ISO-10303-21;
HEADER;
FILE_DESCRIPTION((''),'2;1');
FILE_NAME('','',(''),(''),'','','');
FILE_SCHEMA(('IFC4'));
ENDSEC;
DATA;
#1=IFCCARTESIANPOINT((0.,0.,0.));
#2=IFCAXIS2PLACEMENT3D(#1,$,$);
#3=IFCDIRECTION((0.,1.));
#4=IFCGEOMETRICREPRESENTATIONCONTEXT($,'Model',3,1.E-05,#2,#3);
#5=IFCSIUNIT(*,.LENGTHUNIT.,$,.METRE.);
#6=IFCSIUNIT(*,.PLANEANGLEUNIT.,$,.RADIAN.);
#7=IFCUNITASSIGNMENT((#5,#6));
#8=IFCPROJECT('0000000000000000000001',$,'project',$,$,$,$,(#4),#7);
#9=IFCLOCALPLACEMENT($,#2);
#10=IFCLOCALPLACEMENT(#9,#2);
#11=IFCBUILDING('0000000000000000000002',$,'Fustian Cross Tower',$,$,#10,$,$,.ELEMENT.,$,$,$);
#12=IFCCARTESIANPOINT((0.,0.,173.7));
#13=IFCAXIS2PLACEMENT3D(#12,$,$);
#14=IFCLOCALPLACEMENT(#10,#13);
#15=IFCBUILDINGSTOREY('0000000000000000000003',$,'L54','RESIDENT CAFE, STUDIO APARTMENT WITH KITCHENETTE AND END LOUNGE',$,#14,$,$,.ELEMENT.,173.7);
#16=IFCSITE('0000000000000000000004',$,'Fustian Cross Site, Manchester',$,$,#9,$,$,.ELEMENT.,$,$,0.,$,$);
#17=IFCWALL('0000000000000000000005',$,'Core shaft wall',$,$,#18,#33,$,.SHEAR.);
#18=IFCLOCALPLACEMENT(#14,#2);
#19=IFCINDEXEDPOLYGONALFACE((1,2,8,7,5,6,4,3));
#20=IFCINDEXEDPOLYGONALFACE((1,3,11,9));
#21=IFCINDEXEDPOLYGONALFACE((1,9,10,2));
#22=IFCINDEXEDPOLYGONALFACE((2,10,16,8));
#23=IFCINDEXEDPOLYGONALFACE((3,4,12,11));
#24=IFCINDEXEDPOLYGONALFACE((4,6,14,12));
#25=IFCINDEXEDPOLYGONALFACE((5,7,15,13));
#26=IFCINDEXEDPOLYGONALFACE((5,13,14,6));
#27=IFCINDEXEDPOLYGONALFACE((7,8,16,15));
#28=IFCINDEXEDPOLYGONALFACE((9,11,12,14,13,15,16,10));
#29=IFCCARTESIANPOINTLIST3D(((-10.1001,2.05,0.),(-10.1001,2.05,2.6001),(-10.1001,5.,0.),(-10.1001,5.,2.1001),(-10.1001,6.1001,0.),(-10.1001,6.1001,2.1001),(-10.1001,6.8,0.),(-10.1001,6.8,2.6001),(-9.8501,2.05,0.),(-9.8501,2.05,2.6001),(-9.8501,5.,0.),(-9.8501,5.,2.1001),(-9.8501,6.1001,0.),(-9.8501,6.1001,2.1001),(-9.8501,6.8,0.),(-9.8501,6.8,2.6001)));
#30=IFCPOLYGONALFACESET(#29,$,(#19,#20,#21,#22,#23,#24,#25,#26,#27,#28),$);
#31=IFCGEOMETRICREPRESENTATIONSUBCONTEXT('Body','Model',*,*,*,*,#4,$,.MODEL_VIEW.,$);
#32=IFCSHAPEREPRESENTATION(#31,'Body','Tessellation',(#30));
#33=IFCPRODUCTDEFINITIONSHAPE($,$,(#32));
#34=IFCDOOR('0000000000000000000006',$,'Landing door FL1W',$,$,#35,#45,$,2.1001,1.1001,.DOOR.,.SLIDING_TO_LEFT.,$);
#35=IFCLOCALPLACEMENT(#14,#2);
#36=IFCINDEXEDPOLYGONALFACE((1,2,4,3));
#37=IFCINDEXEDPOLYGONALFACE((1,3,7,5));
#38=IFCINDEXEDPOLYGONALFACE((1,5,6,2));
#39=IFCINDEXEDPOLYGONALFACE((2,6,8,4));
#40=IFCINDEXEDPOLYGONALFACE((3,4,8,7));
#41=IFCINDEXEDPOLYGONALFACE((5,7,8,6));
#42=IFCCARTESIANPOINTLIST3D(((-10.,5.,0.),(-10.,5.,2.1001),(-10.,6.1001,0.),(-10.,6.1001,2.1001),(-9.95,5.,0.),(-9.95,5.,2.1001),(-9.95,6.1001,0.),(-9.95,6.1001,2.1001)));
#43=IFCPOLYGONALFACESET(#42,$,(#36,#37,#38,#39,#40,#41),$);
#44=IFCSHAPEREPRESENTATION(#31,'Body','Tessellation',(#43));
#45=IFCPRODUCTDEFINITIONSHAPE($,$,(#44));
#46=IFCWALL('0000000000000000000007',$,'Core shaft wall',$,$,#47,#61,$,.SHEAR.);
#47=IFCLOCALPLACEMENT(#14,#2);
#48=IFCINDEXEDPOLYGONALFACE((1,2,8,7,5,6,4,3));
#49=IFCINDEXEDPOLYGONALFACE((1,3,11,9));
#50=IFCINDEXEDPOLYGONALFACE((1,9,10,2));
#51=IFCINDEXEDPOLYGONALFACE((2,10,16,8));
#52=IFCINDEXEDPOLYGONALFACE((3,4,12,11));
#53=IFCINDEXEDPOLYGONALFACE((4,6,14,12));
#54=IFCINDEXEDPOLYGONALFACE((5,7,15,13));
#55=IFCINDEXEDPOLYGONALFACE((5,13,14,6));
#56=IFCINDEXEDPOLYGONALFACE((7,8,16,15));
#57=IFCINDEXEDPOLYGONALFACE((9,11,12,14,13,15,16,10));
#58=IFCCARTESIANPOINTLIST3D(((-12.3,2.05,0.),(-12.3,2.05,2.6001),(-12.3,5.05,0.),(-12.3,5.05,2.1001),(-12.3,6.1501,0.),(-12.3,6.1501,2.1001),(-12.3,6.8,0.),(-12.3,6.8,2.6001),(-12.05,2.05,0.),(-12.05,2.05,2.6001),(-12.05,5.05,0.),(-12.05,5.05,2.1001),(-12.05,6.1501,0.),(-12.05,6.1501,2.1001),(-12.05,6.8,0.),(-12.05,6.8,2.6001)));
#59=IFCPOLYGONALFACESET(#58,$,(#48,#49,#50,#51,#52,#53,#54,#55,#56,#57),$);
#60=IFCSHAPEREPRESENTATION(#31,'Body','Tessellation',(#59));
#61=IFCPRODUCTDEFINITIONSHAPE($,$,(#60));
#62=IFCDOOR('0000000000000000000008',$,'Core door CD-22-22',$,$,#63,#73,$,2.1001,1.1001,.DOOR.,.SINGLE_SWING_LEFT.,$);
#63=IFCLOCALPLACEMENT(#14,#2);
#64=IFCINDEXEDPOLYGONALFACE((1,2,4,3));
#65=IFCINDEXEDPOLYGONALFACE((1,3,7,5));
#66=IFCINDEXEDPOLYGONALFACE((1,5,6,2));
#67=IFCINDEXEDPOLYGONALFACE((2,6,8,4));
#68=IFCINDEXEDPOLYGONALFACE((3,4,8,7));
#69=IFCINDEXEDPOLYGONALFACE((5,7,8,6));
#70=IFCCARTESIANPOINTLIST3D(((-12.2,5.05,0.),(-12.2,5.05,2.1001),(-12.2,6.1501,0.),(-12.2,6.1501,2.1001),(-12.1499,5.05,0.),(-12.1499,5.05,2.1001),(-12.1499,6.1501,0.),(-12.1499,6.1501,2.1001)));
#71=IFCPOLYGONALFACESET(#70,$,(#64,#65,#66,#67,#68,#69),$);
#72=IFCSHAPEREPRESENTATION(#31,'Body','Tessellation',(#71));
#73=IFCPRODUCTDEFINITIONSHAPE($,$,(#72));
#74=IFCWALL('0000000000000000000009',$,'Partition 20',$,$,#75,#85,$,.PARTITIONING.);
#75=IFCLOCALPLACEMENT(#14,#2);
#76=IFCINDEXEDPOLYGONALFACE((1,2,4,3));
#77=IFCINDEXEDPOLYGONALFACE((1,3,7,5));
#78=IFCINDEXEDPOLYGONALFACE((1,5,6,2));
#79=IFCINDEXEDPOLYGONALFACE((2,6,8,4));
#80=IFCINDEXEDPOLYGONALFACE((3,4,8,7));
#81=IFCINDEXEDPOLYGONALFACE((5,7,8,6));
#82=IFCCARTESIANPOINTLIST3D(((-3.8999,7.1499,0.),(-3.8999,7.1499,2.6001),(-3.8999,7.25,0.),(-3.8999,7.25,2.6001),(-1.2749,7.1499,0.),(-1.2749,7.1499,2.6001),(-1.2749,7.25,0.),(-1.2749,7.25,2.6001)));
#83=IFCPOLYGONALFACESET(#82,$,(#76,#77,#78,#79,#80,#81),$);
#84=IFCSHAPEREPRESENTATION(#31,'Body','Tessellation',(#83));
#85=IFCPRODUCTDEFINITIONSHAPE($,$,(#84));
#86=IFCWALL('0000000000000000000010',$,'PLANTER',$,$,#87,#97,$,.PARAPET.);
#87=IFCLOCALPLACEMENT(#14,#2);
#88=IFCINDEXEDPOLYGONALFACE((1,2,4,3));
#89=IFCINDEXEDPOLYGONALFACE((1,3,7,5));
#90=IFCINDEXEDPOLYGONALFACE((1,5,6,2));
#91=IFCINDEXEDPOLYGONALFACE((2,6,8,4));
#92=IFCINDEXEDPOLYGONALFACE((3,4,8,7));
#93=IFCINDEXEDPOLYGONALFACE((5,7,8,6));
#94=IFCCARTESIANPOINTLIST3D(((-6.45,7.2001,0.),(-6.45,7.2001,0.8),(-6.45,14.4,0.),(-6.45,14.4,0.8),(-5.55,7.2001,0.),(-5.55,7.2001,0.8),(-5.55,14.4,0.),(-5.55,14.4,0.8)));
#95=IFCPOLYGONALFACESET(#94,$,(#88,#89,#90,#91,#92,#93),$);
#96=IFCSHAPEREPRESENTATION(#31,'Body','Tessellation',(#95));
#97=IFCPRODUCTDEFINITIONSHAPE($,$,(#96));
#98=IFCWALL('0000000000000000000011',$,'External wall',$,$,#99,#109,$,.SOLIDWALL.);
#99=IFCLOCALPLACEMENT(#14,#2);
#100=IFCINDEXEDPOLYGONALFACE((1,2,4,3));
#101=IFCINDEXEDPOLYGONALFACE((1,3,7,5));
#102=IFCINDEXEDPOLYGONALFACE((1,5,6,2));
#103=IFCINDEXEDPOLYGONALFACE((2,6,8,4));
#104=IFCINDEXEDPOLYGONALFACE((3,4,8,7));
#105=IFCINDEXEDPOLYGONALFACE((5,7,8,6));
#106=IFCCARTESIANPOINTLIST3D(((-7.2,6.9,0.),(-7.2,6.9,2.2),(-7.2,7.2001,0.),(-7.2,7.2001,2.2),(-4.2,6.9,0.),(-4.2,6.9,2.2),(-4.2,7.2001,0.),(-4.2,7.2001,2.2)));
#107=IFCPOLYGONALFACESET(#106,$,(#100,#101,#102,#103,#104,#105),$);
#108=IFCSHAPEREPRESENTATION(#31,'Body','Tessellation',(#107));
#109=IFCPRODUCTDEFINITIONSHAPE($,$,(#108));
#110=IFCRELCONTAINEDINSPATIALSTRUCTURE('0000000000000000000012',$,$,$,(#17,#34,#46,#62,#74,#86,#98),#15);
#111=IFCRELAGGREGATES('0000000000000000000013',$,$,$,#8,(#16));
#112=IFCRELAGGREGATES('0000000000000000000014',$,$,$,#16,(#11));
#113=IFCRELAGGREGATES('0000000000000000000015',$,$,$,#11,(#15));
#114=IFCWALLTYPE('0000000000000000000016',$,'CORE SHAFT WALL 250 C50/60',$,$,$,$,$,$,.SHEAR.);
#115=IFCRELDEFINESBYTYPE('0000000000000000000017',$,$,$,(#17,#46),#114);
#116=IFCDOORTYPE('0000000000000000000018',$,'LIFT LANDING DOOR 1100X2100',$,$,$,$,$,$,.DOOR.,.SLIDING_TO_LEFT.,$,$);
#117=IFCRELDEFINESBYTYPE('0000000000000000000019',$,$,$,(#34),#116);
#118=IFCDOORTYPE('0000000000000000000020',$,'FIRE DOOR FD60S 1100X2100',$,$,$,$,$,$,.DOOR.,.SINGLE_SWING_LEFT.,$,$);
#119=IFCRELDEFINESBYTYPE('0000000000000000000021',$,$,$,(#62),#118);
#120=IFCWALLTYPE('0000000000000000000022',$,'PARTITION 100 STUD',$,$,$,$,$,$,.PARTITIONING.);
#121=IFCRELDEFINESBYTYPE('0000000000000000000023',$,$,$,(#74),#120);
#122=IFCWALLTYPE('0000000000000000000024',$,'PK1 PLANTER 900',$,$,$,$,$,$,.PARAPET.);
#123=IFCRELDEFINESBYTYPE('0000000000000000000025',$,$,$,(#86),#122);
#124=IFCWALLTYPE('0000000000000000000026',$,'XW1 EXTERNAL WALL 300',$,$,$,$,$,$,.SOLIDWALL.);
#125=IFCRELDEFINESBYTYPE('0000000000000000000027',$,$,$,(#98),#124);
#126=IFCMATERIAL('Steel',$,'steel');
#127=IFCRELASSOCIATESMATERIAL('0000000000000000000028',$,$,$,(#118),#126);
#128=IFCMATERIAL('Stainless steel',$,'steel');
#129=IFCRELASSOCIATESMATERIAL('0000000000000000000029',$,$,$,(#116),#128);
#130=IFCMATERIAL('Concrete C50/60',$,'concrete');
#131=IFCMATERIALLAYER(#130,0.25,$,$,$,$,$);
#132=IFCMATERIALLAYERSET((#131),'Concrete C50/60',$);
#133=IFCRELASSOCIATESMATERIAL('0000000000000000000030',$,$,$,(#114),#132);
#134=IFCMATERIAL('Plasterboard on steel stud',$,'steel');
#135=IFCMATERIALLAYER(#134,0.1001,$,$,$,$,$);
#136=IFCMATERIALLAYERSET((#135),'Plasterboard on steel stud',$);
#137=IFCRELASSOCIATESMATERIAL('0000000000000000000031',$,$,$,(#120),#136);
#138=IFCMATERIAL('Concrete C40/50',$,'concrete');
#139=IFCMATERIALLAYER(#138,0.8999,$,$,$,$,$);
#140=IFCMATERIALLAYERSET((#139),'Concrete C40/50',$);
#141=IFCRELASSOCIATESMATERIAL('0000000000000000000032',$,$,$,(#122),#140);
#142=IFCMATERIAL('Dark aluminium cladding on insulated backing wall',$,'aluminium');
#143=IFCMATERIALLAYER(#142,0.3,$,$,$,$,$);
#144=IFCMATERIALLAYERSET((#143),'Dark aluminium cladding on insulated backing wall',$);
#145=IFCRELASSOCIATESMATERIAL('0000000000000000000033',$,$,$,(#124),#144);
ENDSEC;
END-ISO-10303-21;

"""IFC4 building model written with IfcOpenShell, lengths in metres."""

from ifc_helpers import new_model, si_unit, direction, frame, frame_2d, origin, place, context, subcontext, project, spatial, rectangle, extrude, material, layer, layer_set, type_object, element, fill, save


model = new_model("IFC4")

# Units and contexts
model_context = context("Model", 3, precision=1e-05, world=origin(), true_north=direction((0.0, 1.0)))
body_context = subcontext(model_context, "Body", "Model", "MODEL_VIEW")
ifc_project = project(units=[si_unit("LENGTHUNIT", "METRE"), si_unit("PLANEANGLEUNIT", "RADIAN")], contexts=[model_context])

# Site, building, storey
site_placement = place(None, origin())
site = spatial("IfcSite", under=ifc_project, at=site_placement, Name="Fustian Cross Site, Manchester", CompositionType="ELEMENT", RefElevation=0.0)
building_placement = place(site_placement, origin())
building = spatial("IfcBuilding", under=site, at=building_placement, Name="Fustian Cross Tower", CompositionType="ELEMENT")
storey_placement = place(building_placement, frame((0.0, 0.0, 173.7)))
storey = spatial("IfcBuildingStorey", under=building, at=storey_placement, Name="L54", Description="RESIDENT CAFE, STUDIO APARTMENT WITH KITCHENETTE AND END LOUNGE", CompositionType="ELEMENT", Elevation=173.7)

# Shared definitions
ifc_material_1 = material(Name="Steel", Category="steel")
door_type_1 = type_object("IfcDoorType", Name="FIRE DOOR FD60S 1100X2100", OperationType="SINGLE_SWING_LEFT", PredefinedType="DOOR", material=ifc_material_1)
ifc_material_2 = material(Name="Stainless steel", Category="steel")
door_type_2 = type_object("IfcDoorType", Name="LIFT LANDING DOOR 1100X2100", OperationType="SLIDING_TO_LEFT", PredefinedType="DOOR", material=ifc_material_2)

# Shared definitions
ifc_material_3 = material(Name="Concrete C50/60", Category="concrete")
ifc_layer_1 = layer(ifc_material_3, 0.25)
ifc_layer_set_1 = layer_set([ifc_layer_1], Name="Concrete C50/60")
wall_type_1 = type_object("IfcWallType", Name="CORE SHAFT WALL 250 C50/60", PredefinedType="SHEAR", material=ifc_layer_set_1)

# Walls, openings, doors
wall_1_placement = place(storey_placement, frame((-9.9751, 2.05, 0.0), z_axis=(0.0, 0.0, 1.0), x_axis=(0.0, 1.0, 0.0)))
wall_1 = element("IfcWall", 1, at=wall_1_placement, inside=storey, type_object=wall_type_1, Name="Core shaft wall", PredefinedType="SHEAR", context=body_context, shape_type="SweptSolid", body=[
    extrude(rectangle(XDim=4.75, YDim=0.25, at=frame_2d((2.375, 0.0))), origin(), (0.0, 0.0, 1.0), 2.6001),
])
opening_1_placement = place(wall_1_placement, frame((2.95, 0.0, 0.0)))
opening_1 = element("IfcOpeningElement", 2, at=opening_1_placement, cuts=wall_1, PredefinedType="OPENING", context=body_context, shape_type="SweptSolid", body=[
    extrude(rectangle(XDim=1.1001, YDim=2.1001, at=frame_2d((0.55, 1.05))), frame((0.0, 0.135, 0.0), z_axis=(0.0, -1.0, 0.0), x_axis=(1.0, 0.0, 0.0)), (0.0, 0.0, 1.0), 0.27),
])
door_1_placement = place(opening_1_placement, origin())
door_1 = element("IfcDoor", 3, at=door_1_placement, inside=storey, type_object=door_type_2, Name="Landing door FL1W", OperationType="SLIDING_TO_LEFT", OverallHeight=2.1001, OverallWidth=1.1001, PredefinedType="DOOR", context=body_context, shape_type="SweptSolid", body=[
    extrude(rectangle(XDim=1.1001, YDim=2.1001, at=frame_2d((0.55, 1.05))), frame((0.0, 0.0249, 0.0), z_axis=(0.0, -1.0, 0.0), x_axis=(1.0, 0.0, 0.0)), (0.0, 0.0, 1.0), 0.05),
])
fill(opening_1, door_1)
wall_2_placement = place(storey_placement, frame((-12.175, 2.05, 0.0), z_axis=(0.0, 0.0, 1.0), x_axis=(0.0, 1.0, 0.0)))
wall_2 = element("IfcWall", 4, at=wall_2_placement, inside=storey, type_object=wall_type_1, Name="Core shaft wall", PredefinedType="SHEAR", context=body_context, shape_type="SweptSolid", body=[
    extrude(rectangle(XDim=4.75, YDim=0.25, at=frame_2d((2.375, 0.0))), origin(), (0.0, 0.0, 1.0), 2.6001),
])
opening_2_placement = place(wall_2_placement, frame((3.0, 0.0, 0.0)))
opening_2 = element("IfcOpeningElement", 5, at=opening_2_placement, cuts=wall_2, PredefinedType="OPENING", context=body_context, shape_type="SweptSolid", body=[
    extrude(rectangle(XDim=1.1001, YDim=2.1001, at=frame_2d((0.55, 1.05))), frame((0.0, 0.135, 0.0), z_axis=(0.0, -1.0, 0.0), x_axis=(1.0, 0.0, 0.0)), (0.0, 0.0, 1.0), 0.27),
])
door_2_placement = place(opening_2_placement, origin())
door_2 = element("IfcDoor", 6, at=door_2_placement, inside=storey, type_object=door_type_1, Name="Core door CD-22-22", OperationType="SINGLE_SWING_LEFT", OverallHeight=2.1001, OverallWidth=1.1001, PredefinedType="DOOR", context=body_context, shape_type="SweptSolid", body=[
    extrude(rectangle(XDim=1.1001, YDim=2.1001, at=frame_2d((0.55, 1.05))), frame((0.0, 0.0249, 0.0), z_axis=(0.0, -1.0, 0.0), x_axis=(1.0, 0.0, 0.0)), (0.0, 0.0, 1.0), 0.05),
])
fill(opening_2, door_2)

# Walls
ifc_material_4 = material(Name="Plasterboard on steel stud", Category="steel")
ifc_layer_2 = layer(ifc_material_4, 0.1001)
ifc_layer_set_2 = layer_set([ifc_layer_2], Name="Plasterboard on steel stud")
wall_type_2 = type_object("IfcWallType", Name="PARTITION 100 STUD", PredefinedType="PARTITIONING", material=ifc_layer_set_2)
wall_3_placement = place(storey_placement, frame((-3.8999, 7.2, 0.0), z_axis=(0.0, 0.0, 1.0), x_axis=(1.0, 0.0, 0.0)))
element("IfcWall", 7, at=wall_3_placement, inside=storey, type_object=wall_type_2, Name="Partition 20", PredefinedType="PARTITIONING", context=body_context, shape_type="SweptSolid", body=[
    extrude(rectangle(XDim=2.625, YDim=0.1001, at=frame_2d((1.3125, 0.0))), origin(), (0.0, 0.0, 1.0), 2.6001),
])
ifc_material_5 = material(Name="Concrete C40/50", Category="concrete")
ifc_layer_3 = layer(ifc_material_5, 0.8999)
ifc_layer_set_3 = layer_set([ifc_layer_3], Name="Concrete C40/50")
wall_type_3 = type_object("IfcWallType", Name="PK1 PLANTER 900", PredefinedType="PARAPET", material=ifc_layer_set_3)
wall_4_placement = place(storey_placement, frame((-6.0, 7.2, 0.0), z_axis=(0.0, 0.0, 1.0), x_axis=(0.0, 1.0, 0.0)))
element("IfcWall", 8, at=wall_4_placement, inside=storey, type_object=wall_type_3, Name="PLANTER", PredefinedType="PARAPET", context=body_context, shape_type="SweptSolid", body=[
    extrude(rectangle(XDim=7.2, YDim=0.8999, at=frame_2d((3.6001, 0.0))), origin(), (0.0, 0.0, 1.0), 0.8),
])
ifc_material_6 = material(Name="Dark aluminium cladding on insulated backing wall", Category="aluminium")
ifc_layer_4 = layer(ifc_material_6, 0.3)
ifc_layer_set_4 = layer_set([ifc_layer_4], Name="Dark aluminium cladding on insulated backing wall")
wall_type_4 = type_object("IfcWallType", Name="XW1 EXTERNAL WALL 300", PredefinedType="SOLIDWALL", material=ifc_layer_set_4)
wall_5_placement = place(storey_placement, frame((-4.2, 7.05, 0.0), z_axis=(0.0, 0.0, 1.0), x_axis=(-1.0, 0.0, 0.0)))
element("IfcWall", 9, at=wall_5_placement, inside=storey, type_object=wall_type_4, Name="External wall", PredefinedType="SOLIDWALL", context=body_context, shape_type="SweptSolid", body=[
    extrude(rectangle(XDim=3.0, YDim=0.3, at=frame_2d((1.5, 0.0))), origin(), (0.0, 0.0, 1.0), 2.2),
])

save(model, "model.ifc")
